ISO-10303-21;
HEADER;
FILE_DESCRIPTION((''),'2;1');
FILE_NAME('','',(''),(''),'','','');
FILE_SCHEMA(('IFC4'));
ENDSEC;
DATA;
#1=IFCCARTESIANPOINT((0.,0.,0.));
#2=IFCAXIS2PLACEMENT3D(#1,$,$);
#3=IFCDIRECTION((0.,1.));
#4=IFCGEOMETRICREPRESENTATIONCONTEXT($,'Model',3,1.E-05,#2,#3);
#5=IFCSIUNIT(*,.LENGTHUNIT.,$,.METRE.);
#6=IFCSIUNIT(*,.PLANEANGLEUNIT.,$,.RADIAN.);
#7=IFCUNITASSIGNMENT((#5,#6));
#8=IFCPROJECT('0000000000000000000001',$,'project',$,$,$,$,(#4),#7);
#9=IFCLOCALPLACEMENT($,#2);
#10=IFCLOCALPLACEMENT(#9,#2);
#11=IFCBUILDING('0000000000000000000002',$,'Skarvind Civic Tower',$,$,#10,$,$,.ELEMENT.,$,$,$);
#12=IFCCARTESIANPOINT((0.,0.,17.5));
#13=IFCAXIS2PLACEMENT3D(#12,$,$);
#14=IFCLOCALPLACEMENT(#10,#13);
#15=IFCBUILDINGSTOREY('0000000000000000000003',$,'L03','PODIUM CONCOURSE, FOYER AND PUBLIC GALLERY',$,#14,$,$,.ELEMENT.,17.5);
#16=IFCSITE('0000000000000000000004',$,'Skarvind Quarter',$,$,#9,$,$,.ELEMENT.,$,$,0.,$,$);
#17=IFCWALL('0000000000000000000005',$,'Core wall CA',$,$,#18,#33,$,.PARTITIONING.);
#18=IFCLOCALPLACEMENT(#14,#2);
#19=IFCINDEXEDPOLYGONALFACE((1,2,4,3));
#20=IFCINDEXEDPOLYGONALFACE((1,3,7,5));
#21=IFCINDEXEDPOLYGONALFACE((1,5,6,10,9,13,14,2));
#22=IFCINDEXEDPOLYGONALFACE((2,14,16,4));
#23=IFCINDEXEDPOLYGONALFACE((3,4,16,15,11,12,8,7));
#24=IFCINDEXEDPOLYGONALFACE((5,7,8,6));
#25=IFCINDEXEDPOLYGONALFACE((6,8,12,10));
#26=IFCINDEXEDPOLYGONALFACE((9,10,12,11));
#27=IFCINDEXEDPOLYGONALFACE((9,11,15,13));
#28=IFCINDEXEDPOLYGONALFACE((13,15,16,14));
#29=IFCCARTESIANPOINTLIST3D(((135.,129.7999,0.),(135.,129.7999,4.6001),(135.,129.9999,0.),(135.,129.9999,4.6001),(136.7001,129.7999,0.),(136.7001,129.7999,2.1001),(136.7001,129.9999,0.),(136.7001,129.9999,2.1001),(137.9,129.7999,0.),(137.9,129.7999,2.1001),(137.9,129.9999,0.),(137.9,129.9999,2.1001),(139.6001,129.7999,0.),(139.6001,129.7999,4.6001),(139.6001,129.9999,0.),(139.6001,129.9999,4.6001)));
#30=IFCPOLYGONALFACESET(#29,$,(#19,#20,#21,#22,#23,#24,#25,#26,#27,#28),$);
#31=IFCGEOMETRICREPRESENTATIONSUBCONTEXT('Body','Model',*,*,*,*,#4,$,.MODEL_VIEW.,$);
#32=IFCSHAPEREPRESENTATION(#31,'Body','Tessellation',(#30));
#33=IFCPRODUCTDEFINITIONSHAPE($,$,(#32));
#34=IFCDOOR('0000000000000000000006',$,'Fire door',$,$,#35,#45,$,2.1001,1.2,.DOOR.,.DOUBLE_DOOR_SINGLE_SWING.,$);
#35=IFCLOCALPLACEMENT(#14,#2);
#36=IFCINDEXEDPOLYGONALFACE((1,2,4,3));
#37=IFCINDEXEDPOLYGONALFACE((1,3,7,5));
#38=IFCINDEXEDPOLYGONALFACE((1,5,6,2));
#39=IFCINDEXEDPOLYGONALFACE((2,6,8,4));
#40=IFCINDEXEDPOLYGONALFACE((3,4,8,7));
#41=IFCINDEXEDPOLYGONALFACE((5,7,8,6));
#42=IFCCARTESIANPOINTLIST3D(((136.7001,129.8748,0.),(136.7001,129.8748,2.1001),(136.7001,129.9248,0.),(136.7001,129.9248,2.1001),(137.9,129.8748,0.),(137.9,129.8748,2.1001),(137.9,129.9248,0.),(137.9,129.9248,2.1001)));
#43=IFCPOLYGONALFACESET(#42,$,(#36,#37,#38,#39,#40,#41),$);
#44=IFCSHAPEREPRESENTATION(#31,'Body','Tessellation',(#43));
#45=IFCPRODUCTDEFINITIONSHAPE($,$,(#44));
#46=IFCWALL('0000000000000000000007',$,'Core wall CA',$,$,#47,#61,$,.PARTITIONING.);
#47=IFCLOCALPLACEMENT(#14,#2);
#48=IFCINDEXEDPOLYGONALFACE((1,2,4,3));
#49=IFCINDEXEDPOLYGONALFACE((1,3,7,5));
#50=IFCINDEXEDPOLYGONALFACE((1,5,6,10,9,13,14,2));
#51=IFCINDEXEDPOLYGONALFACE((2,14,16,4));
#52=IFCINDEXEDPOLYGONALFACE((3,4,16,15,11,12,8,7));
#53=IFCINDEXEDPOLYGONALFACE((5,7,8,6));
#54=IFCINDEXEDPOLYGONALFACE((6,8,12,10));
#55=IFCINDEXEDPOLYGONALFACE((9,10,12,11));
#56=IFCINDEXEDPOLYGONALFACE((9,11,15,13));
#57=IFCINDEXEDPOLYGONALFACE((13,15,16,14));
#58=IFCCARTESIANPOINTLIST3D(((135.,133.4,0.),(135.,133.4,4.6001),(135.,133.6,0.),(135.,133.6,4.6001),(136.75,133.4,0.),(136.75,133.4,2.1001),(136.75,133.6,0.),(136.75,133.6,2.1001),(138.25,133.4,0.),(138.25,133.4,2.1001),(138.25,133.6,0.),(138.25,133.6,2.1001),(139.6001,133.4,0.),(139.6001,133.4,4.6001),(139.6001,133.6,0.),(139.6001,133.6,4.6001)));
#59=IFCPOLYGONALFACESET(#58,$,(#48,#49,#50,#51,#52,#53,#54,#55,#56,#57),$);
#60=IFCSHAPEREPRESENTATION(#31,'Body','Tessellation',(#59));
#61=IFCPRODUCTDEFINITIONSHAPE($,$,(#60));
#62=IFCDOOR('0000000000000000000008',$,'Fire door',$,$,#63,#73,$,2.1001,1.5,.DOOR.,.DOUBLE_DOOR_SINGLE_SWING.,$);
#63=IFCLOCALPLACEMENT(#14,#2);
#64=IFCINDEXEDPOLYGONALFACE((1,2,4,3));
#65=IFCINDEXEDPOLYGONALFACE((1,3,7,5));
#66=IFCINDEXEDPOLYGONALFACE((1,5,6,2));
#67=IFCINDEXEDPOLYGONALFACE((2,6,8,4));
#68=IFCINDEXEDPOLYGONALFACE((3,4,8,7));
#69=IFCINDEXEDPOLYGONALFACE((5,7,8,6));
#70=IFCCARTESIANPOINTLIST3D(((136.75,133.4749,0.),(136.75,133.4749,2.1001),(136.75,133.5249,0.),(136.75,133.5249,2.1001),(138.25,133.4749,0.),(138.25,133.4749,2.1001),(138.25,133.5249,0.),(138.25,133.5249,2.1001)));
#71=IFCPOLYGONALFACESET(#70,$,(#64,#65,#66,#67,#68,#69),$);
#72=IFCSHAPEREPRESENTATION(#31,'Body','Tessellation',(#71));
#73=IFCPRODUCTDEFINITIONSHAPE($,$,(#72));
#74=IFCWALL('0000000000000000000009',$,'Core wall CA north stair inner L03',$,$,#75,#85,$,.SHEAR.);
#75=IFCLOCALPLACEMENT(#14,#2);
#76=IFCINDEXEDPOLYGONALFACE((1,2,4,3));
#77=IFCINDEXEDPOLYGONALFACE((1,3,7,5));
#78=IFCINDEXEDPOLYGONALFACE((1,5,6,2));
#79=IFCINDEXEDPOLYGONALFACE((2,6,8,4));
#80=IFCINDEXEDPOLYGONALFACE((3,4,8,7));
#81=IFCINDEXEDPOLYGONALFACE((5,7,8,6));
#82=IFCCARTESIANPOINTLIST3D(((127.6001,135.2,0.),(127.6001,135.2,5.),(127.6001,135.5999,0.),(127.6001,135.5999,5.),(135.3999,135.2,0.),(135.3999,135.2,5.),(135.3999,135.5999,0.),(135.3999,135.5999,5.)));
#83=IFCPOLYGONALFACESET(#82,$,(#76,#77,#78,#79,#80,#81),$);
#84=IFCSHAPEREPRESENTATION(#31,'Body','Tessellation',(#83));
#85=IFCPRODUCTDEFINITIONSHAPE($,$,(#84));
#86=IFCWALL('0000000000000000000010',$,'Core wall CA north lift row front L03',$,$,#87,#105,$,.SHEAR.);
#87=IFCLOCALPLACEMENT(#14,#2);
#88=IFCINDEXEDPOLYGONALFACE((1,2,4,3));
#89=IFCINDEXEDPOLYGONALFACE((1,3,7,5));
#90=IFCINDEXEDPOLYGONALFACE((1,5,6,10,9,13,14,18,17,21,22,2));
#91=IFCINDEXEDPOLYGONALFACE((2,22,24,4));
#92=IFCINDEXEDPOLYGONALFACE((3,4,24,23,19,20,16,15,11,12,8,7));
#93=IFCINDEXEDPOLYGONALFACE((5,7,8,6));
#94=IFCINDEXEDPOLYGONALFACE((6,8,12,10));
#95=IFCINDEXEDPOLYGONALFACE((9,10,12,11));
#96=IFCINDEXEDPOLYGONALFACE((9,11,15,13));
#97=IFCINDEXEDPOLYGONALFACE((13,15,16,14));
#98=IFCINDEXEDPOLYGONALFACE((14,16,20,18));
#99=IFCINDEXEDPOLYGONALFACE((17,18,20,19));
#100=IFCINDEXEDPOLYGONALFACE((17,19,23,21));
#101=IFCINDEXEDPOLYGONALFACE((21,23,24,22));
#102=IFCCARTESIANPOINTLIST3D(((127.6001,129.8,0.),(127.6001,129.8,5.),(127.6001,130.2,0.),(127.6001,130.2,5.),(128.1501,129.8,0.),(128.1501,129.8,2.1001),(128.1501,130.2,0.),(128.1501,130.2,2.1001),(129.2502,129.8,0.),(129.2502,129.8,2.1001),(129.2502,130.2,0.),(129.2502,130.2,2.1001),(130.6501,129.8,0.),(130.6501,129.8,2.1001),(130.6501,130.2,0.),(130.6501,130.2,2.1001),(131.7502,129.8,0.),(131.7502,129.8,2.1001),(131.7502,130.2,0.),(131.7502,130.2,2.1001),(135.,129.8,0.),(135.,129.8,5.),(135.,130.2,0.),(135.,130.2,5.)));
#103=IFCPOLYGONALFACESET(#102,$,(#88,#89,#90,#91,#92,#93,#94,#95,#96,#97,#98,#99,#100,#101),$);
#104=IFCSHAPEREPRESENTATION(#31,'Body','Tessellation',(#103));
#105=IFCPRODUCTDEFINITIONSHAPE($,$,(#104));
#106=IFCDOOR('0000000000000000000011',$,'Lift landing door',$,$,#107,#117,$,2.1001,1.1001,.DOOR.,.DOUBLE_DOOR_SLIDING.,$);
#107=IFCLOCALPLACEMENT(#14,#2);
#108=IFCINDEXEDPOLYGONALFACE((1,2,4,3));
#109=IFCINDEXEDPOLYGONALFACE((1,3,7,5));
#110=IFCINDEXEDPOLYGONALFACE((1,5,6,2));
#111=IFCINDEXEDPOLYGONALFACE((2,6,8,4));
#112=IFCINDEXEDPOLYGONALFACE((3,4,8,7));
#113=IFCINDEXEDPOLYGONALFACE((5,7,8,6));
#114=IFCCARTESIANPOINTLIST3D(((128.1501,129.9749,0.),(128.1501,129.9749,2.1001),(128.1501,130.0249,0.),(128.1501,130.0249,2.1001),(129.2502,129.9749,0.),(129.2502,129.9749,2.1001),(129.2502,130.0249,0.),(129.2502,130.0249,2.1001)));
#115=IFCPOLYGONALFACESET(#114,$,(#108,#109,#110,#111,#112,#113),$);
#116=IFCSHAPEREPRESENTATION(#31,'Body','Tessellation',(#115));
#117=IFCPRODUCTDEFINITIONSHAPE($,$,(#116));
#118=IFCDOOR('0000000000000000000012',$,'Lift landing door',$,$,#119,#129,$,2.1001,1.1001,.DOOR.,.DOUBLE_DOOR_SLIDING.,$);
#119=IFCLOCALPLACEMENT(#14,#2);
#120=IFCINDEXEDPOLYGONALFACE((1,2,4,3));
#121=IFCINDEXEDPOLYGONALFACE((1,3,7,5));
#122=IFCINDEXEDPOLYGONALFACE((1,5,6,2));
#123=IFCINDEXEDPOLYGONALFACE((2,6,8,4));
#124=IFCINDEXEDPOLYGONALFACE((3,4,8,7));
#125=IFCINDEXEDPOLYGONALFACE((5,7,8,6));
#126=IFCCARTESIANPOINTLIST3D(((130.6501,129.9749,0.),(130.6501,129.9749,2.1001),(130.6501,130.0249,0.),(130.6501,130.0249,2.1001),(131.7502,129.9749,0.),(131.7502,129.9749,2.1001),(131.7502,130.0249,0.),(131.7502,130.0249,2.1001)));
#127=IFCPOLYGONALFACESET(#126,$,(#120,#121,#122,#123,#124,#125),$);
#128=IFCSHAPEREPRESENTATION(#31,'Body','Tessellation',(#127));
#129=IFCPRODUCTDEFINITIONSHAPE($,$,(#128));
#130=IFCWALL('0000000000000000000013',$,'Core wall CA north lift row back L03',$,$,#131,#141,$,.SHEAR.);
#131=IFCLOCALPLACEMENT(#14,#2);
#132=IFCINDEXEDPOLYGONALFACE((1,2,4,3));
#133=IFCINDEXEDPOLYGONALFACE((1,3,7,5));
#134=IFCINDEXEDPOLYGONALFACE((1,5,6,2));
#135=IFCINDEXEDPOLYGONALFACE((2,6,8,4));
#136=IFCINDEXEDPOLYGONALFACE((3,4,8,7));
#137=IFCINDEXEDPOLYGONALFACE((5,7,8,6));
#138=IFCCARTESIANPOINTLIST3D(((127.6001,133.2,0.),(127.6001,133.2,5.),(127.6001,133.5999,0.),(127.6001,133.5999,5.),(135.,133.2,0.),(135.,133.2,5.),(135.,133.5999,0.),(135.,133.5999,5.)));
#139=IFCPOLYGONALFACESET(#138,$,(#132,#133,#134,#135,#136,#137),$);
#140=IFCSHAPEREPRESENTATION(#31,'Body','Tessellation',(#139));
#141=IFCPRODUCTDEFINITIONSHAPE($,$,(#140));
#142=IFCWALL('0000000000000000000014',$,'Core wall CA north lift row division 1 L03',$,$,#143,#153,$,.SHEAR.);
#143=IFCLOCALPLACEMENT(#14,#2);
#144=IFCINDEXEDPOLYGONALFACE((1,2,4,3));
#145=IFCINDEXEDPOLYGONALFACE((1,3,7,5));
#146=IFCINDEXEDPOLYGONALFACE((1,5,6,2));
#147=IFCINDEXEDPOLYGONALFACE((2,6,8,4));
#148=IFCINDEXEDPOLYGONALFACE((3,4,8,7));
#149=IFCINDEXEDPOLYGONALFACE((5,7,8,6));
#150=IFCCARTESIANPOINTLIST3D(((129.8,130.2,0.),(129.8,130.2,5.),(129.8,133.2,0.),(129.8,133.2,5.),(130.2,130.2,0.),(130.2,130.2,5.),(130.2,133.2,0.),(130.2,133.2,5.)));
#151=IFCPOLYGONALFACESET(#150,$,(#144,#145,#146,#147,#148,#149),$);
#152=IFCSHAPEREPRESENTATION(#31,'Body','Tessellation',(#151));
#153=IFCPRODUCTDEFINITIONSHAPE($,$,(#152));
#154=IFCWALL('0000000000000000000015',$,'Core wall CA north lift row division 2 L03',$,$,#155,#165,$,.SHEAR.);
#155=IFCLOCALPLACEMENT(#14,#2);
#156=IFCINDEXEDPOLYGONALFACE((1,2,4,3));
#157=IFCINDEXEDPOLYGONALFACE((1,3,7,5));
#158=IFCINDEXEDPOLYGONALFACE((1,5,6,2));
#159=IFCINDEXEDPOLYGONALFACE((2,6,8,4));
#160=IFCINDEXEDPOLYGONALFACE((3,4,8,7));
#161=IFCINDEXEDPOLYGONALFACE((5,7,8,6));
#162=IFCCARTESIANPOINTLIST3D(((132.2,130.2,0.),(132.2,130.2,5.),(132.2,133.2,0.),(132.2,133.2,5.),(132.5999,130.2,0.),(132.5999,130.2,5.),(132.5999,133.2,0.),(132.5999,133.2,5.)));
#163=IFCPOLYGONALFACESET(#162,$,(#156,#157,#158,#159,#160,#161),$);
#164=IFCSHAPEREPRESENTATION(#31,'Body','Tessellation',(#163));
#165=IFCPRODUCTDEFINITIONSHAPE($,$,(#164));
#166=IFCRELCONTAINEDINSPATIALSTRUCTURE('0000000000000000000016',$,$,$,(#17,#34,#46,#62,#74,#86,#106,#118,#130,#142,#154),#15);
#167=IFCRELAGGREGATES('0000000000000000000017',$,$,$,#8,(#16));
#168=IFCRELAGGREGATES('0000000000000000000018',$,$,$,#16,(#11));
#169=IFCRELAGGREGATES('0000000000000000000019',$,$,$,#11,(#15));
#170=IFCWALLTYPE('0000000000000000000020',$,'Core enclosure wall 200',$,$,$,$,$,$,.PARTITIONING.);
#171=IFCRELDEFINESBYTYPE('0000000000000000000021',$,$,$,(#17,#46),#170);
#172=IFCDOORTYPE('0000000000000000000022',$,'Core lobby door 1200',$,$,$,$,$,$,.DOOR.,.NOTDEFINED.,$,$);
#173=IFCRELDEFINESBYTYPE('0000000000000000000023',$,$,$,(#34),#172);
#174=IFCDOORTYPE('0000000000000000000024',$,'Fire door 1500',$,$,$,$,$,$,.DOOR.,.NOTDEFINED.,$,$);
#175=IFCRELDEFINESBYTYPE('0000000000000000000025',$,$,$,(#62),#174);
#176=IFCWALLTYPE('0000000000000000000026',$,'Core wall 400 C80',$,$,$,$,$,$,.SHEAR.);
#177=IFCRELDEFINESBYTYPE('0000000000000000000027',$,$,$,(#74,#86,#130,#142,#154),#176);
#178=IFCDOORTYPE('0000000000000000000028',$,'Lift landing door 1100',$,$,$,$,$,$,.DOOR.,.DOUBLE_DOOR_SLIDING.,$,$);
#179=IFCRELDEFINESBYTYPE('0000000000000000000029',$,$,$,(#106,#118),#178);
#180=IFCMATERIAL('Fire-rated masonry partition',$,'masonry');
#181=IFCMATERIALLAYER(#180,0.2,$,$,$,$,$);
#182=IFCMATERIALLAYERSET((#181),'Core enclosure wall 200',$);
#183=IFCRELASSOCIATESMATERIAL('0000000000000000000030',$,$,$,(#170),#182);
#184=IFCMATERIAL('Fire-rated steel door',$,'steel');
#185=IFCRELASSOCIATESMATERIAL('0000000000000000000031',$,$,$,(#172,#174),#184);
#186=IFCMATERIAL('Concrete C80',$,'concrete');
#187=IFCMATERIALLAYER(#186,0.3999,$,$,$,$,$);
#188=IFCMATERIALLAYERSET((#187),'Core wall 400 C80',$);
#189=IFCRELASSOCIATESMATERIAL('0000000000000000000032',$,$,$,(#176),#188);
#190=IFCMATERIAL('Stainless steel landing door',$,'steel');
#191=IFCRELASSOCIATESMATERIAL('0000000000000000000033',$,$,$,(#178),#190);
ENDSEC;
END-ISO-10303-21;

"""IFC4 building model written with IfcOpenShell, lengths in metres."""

from ifc_helpers import new_model, si_unit, direction, frame, frame_2d, origin, place, context, subcontext, project, spatial, rectangle, extrude, material, layer, layer_set, type_object, element, fill, save


model = new_model("IFC4")

# Units and contexts
model_context = context("Model", 3, precision=1e-05, world=origin(), true_north=direction((0.0, 1.0)))
body_context = subcontext(model_context, "Body", "Model", "MODEL_VIEW")
ifc_project = project(units=[si_unit("LENGTHUNIT", "METRE"), si_unit("PLANEANGLEUNIT", "RADIAN")], contexts=[model_context])

# Site, building, storey
site_placement = place(None, origin())
site = spatial("IfcSite", under=ifc_project, at=site_placement, Name="Skarvind Quarter", CompositionType="ELEMENT", RefElevation=0.0)
building_placement = place(site_placement, origin())
building = spatial("IfcBuilding", under=site, at=building_placement, Name="Skarvind Civic Tower", CompositionType="ELEMENT")
storey_placement = place(building_placement, frame((0.0, 0.0, 17.5)))
storey = spatial("IfcBuildingStorey", under=building, at=storey_placement, Name="L03", Description="PODIUM CONCOURSE, FOYER AND PUBLIC GALLERY", CompositionType="ELEMENT", Elevation=17.5)

# Walls, openings, doors
ifc_material_1 = material(Name="Fire-rated masonry partition", Category="masonry")
ifc_layer_1 = layer(ifc_material_1, 0.2)
ifc_layer_set_1 = layer_set([ifc_layer_1], Name="Core enclosure wall 200")
wall_type_1 = type_object("IfcWallType", Name="Core enclosure wall 200", PredefinedType="PARTITIONING", material=ifc_layer_set_1)
wall_1_placement = place(storey_placement, frame((135.0, 129.8999, 0.0), z_axis=(0.0, 0.0, 1.0), x_axis=(1.0, 0.0, 0.0)))
wall_1 = element("IfcWall", 1, at=wall_1_placement, inside=storey, type_object=wall_type_1, Name="Core wall CA", PredefinedType="PARTITIONING", context=body_context, shape_type="SweptSolid", body=[
    extrude(rectangle(XDim=4.6001, YDim=0.2, at=frame_2d((2.3, 0.0))), origin(), (0.0, 0.0, 1.0), 4.6001),
])
opening_1_placement = place(wall_1_placement, frame((1.7, 0.0, 0.0)))
opening_1 = element("IfcOpeningElement", 2, at=opening_1_placement, cuts=wall_1, PredefinedType="OPENING", context=body_context, shape_type="SweptSolid", body=[
    extrude(rectangle(XDim=1.2, YDim=2.1001, at=frame_2d((0.6001, 1.05))), frame((0.0, 0.1099, 0.0), z_axis=(0.0, -1.0, 0.0), x_axis=(1.0, 0.0, 0.0)), (0.0, 0.0, 1.0), 0.22),
])
ifc_material_2 = material(Name="Fire-rated steel door", Category="steel")
door_type_1 = type_object("IfcDoorType", Name="Core lobby door 1200", OperationType="NOTDEFINED", PredefinedType="DOOR", material=ifc_material_2)
door_1_placement = place(opening_1_placement, origin())
door_1 = element("IfcDoor", 3, at=door_1_placement, inside=storey, type_object=door_type_1, Name="Fire door", OperationType="DOUBLE_DOOR_SINGLE_SWING", OverallHeight=2.1001, OverallWidth=1.2, PredefinedType="DOOR", context=body_context, shape_type="SweptSolid", body=[
    extrude(rectangle(XDim=1.2, YDim=2.1001, at=frame_2d((0.6001, 1.05))), frame((0.0, 0.0249, 0.0), z_axis=(0.0, -1.0, 0.0), x_axis=(1.0, 0.0, 0.0)), (0.0, 0.0, 1.0), 0.05),
])
fill(opening_1, door_1)
wall_2_placement = place(storey_placement, frame((135.0, 133.5, 0.0), z_axis=(0.0, 0.0, 1.0), x_axis=(1.0, 0.0, 0.0)))
wall_2 = element("IfcWall", 4, at=wall_2_placement, inside=storey, type_object=wall_type_1, Name="Core wall CA", PredefinedType="PARTITIONING", context=body_context, shape_type="SweptSolid", body=[
    extrude(rectangle(XDim=4.6001, YDim=0.2, at=frame_2d((2.3, 0.0))), origin(), (0.0, 0.0, 1.0), 4.6001),
])
opening_2_placement = place(wall_2_placement, frame((1.75, 0.0, 0.0)))
opening_2 = element("IfcOpeningElement", 5, at=opening_2_placement, cuts=wall_2, PredefinedType="OPENING", context=body_context, shape_type="SweptSolid", body=[
    extrude(rectangle(XDim=1.5, YDim=2.1001, at=frame_2d((0.75, 1.05))), frame((0.0, 0.1099, 0.0), z_axis=(0.0, -1.0, 0.0), x_axis=(1.0, 0.0, 0.0)), (0.0, 0.0, 1.0), 0.22),
])
door_type_2 = type_object("IfcDoorType", Name="Fire door 1500", OperationType="NOTDEFINED", PredefinedType="DOOR", material=ifc_material_2)
door_2_placement = place(opening_2_placement, origin())
door_2 = element("IfcDoor", 6, at=door_2_placement, inside=storey, type_object=door_type_2, Name="Fire door", OperationType="DOUBLE_DOOR_SINGLE_SWING", OverallHeight=2.1001, OverallWidth=1.5, PredefinedType="DOOR", context=body_context, shape_type="SweptSolid", body=[
    extrude(rectangle(XDim=1.5, YDim=2.1001, at=frame_2d((0.75, 1.05))), frame((0.0, 0.0249, 0.0), z_axis=(0.0, -1.0, 0.0), x_axis=(1.0, 0.0, 0.0)), (0.0, 0.0, 1.0), 0.05),
])
fill(opening_2, door_2)

# Wall
ifc_material_3 = material(Name="Concrete C80", Category="concrete")
ifc_layer_2 = layer(ifc_material_3, 0.3999)
ifc_layer_set_2 = layer_set([ifc_layer_2], Name="Core wall 400 C80")
wall_type_2 = type_object("IfcWallType", Name="Core wall 400 C80", PredefinedType="SHEAR", material=ifc_layer_set_2)
wall_3_placement = place(storey_placement, frame((127.6001, 135.3999, 0.0), z_axis=(0.0, 0.0, 1.0), x_axis=(1.0, 0.0, 0.0)))
element("IfcWall", 7, at=wall_3_placement, inside=storey, type_object=wall_type_2, Name="Core wall CA north stair inner L03", PredefinedType="SHEAR", context=body_context, shape_type="SweptSolid", body=[
    extrude(rectangle(XDim=7.7998, YDim=0.3999, at=frame_2d((3.8999, 0.0))), origin(), (0.0, 0.0, 1.0), 5.0),
])

# Wall, openings, doors
wall_4_placement = place(storey_placement, frame((127.6001, 130.0, 0.0), z_axis=(0.0, 0.0, 1.0), x_axis=(1.0, 0.0, 0.0)))
wall_4 = element("IfcWall", 8, at=wall_4_placement, inside=storey, type_object=wall_type_2, Name="Core wall CA north lift row front L03", PredefinedType="SHEAR", context=body_context, shape_type="SweptSolid", body=[
    extrude(rectangle(XDim=7.3999, YDim=0.3999, at=frame_2d((3.7, 0.0))), origin(), (0.0, 0.0, 1.0), 5.0),
])
opening_3_placement = place(wall_4_placement, frame((0.55, 0.0, 0.0)))
opening_3 = element("IfcOpeningElement", 9, at=opening_3_placement, cuts=wall_4, PredefinedType="OPENING", context=body_context, shape_type="SweptSolid", body=[
    extrude(rectangle(XDim=1.1001, YDim=2.1001, at=frame_2d((0.55, 1.05))), frame((0.0, 0.21, 0.0), z_axis=(0.0, -1.0, 0.0), x_axis=(1.0, 0.0, 0.0)), (0.0, 0.0, 1.0), 0.4199),
])
opening_4_placement = place(wall_4_placement, frame((3.05, 0.0, 0.0)))
opening_4 = element("IfcOpeningElement", 10, at=opening_4_placement, cuts=wall_4, PredefinedType="OPENING", context=body_context, shape_type="SweptSolid", body=[
    extrude(rectangle(XDim=1.1001, YDim=2.1001, at=frame_2d((0.55, 1.05))), frame((0.0, 0.21, 0.0), z_axis=(0.0, -1.0, 0.0), x_axis=(1.0, 0.0, 0.0)), (0.0, 0.0, 1.0), 0.4199),
])
ifc_material_4 = material(Name="Stainless steel landing door", Category="steel")
door_type_3 = type_object("IfcDoorType", Name="Lift landing door 1100", OperationType="DOUBLE_DOOR_SLIDING", PredefinedType="DOOR", material=ifc_material_4)
door_3_placement = place(opening_3_placement, origin())
door_3 = element("IfcDoor", 11, at=door_3_placement, inside=storey, type_object=door_type_3, Name="Lift landing door", OperationType="DOUBLE_DOOR_SLIDING", OverallHeight=2.1001, OverallWidth=1.1001, PredefinedType="DOOR", context=body_context, shape_type="SweptSolid", body=[
    extrude(rectangle(XDim=1.1001, YDim=2.1001, at=frame_2d((0.55, 1.05))), frame((0.0, 0.0249, 0.0), z_axis=(0.0, -1.0, 0.0), x_axis=(1.0, 0.0, 0.0)), (0.0, 0.0, 1.0), 0.05),
])
fill(opening_3, door_3)
door_4_placement = place(opening_4_placement, origin())
door_4 = element("IfcDoor", 12, at=door_4_placement, inside=storey, type_object=door_type_3, Name="Lift landing door", OperationType="DOUBLE_DOOR_SLIDING", OverallHeight=2.1001, OverallWidth=1.1001, PredefinedType="DOOR", context=body_context, shape_type="SweptSolid", body=[
    extrude(rectangle(XDim=1.1001, YDim=2.1001, at=frame_2d((0.55, 1.05))), frame((0.0, 0.0249, 0.0), z_axis=(0.0, -1.0, 0.0), x_axis=(1.0, 0.0, 0.0)), (0.0, 0.0, 1.0), 0.05),
])
fill(opening_4, door_4)

# Walls
wall_5_placement = place(storey_placement, frame((127.6001, 133.3999, 0.0), z_axis=(0.0, 0.0, 1.0), x_axis=(1.0, 0.0, 0.0)))
element("IfcWall", 13, at=wall_5_placement, inside=storey, type_object=wall_type_2, Name="Core wall CA north lift row back L03", PredefinedType="SHEAR", context=body_context, shape_type="SweptSolid", body=[
    extrude(rectangle(XDim=7.3999, YDim=0.3999, at=frame_2d((3.7, 0.0))), origin(), (0.0, 0.0, 1.0), 5.0),
])
for number, where, z_axis, x_axis, name in (
    (14, (130.0, 130.2, 0.0), (0.0, 0.0, 1.0), (0.0, 1.0, 0.0), "Core wall CA north lift row division 1 L03"),
    (15, (132.3999, 130.2, 0.0), (0.0, 0.0, 1.0), (0.0, 1.0, 0.0), "Core wall CA north lift row division 2 L03"),
):
    element("IfcWall", number, at=place(storey_placement, frame(where, z_axis=z_axis, x_axis=x_axis)), inside=storey, type_object=wall_type_2, Name=name, PredefinedType="SHEAR", context=body_context, shape_type="SweptSolid", body=[
        extrude(rectangle(XDim=3.0, YDim=0.3999, at=frame_2d((1.5, 0.0))), origin(), (0.0, 0.0, 1.0), 5.0),
    ])

save(model, "model.ifc")
